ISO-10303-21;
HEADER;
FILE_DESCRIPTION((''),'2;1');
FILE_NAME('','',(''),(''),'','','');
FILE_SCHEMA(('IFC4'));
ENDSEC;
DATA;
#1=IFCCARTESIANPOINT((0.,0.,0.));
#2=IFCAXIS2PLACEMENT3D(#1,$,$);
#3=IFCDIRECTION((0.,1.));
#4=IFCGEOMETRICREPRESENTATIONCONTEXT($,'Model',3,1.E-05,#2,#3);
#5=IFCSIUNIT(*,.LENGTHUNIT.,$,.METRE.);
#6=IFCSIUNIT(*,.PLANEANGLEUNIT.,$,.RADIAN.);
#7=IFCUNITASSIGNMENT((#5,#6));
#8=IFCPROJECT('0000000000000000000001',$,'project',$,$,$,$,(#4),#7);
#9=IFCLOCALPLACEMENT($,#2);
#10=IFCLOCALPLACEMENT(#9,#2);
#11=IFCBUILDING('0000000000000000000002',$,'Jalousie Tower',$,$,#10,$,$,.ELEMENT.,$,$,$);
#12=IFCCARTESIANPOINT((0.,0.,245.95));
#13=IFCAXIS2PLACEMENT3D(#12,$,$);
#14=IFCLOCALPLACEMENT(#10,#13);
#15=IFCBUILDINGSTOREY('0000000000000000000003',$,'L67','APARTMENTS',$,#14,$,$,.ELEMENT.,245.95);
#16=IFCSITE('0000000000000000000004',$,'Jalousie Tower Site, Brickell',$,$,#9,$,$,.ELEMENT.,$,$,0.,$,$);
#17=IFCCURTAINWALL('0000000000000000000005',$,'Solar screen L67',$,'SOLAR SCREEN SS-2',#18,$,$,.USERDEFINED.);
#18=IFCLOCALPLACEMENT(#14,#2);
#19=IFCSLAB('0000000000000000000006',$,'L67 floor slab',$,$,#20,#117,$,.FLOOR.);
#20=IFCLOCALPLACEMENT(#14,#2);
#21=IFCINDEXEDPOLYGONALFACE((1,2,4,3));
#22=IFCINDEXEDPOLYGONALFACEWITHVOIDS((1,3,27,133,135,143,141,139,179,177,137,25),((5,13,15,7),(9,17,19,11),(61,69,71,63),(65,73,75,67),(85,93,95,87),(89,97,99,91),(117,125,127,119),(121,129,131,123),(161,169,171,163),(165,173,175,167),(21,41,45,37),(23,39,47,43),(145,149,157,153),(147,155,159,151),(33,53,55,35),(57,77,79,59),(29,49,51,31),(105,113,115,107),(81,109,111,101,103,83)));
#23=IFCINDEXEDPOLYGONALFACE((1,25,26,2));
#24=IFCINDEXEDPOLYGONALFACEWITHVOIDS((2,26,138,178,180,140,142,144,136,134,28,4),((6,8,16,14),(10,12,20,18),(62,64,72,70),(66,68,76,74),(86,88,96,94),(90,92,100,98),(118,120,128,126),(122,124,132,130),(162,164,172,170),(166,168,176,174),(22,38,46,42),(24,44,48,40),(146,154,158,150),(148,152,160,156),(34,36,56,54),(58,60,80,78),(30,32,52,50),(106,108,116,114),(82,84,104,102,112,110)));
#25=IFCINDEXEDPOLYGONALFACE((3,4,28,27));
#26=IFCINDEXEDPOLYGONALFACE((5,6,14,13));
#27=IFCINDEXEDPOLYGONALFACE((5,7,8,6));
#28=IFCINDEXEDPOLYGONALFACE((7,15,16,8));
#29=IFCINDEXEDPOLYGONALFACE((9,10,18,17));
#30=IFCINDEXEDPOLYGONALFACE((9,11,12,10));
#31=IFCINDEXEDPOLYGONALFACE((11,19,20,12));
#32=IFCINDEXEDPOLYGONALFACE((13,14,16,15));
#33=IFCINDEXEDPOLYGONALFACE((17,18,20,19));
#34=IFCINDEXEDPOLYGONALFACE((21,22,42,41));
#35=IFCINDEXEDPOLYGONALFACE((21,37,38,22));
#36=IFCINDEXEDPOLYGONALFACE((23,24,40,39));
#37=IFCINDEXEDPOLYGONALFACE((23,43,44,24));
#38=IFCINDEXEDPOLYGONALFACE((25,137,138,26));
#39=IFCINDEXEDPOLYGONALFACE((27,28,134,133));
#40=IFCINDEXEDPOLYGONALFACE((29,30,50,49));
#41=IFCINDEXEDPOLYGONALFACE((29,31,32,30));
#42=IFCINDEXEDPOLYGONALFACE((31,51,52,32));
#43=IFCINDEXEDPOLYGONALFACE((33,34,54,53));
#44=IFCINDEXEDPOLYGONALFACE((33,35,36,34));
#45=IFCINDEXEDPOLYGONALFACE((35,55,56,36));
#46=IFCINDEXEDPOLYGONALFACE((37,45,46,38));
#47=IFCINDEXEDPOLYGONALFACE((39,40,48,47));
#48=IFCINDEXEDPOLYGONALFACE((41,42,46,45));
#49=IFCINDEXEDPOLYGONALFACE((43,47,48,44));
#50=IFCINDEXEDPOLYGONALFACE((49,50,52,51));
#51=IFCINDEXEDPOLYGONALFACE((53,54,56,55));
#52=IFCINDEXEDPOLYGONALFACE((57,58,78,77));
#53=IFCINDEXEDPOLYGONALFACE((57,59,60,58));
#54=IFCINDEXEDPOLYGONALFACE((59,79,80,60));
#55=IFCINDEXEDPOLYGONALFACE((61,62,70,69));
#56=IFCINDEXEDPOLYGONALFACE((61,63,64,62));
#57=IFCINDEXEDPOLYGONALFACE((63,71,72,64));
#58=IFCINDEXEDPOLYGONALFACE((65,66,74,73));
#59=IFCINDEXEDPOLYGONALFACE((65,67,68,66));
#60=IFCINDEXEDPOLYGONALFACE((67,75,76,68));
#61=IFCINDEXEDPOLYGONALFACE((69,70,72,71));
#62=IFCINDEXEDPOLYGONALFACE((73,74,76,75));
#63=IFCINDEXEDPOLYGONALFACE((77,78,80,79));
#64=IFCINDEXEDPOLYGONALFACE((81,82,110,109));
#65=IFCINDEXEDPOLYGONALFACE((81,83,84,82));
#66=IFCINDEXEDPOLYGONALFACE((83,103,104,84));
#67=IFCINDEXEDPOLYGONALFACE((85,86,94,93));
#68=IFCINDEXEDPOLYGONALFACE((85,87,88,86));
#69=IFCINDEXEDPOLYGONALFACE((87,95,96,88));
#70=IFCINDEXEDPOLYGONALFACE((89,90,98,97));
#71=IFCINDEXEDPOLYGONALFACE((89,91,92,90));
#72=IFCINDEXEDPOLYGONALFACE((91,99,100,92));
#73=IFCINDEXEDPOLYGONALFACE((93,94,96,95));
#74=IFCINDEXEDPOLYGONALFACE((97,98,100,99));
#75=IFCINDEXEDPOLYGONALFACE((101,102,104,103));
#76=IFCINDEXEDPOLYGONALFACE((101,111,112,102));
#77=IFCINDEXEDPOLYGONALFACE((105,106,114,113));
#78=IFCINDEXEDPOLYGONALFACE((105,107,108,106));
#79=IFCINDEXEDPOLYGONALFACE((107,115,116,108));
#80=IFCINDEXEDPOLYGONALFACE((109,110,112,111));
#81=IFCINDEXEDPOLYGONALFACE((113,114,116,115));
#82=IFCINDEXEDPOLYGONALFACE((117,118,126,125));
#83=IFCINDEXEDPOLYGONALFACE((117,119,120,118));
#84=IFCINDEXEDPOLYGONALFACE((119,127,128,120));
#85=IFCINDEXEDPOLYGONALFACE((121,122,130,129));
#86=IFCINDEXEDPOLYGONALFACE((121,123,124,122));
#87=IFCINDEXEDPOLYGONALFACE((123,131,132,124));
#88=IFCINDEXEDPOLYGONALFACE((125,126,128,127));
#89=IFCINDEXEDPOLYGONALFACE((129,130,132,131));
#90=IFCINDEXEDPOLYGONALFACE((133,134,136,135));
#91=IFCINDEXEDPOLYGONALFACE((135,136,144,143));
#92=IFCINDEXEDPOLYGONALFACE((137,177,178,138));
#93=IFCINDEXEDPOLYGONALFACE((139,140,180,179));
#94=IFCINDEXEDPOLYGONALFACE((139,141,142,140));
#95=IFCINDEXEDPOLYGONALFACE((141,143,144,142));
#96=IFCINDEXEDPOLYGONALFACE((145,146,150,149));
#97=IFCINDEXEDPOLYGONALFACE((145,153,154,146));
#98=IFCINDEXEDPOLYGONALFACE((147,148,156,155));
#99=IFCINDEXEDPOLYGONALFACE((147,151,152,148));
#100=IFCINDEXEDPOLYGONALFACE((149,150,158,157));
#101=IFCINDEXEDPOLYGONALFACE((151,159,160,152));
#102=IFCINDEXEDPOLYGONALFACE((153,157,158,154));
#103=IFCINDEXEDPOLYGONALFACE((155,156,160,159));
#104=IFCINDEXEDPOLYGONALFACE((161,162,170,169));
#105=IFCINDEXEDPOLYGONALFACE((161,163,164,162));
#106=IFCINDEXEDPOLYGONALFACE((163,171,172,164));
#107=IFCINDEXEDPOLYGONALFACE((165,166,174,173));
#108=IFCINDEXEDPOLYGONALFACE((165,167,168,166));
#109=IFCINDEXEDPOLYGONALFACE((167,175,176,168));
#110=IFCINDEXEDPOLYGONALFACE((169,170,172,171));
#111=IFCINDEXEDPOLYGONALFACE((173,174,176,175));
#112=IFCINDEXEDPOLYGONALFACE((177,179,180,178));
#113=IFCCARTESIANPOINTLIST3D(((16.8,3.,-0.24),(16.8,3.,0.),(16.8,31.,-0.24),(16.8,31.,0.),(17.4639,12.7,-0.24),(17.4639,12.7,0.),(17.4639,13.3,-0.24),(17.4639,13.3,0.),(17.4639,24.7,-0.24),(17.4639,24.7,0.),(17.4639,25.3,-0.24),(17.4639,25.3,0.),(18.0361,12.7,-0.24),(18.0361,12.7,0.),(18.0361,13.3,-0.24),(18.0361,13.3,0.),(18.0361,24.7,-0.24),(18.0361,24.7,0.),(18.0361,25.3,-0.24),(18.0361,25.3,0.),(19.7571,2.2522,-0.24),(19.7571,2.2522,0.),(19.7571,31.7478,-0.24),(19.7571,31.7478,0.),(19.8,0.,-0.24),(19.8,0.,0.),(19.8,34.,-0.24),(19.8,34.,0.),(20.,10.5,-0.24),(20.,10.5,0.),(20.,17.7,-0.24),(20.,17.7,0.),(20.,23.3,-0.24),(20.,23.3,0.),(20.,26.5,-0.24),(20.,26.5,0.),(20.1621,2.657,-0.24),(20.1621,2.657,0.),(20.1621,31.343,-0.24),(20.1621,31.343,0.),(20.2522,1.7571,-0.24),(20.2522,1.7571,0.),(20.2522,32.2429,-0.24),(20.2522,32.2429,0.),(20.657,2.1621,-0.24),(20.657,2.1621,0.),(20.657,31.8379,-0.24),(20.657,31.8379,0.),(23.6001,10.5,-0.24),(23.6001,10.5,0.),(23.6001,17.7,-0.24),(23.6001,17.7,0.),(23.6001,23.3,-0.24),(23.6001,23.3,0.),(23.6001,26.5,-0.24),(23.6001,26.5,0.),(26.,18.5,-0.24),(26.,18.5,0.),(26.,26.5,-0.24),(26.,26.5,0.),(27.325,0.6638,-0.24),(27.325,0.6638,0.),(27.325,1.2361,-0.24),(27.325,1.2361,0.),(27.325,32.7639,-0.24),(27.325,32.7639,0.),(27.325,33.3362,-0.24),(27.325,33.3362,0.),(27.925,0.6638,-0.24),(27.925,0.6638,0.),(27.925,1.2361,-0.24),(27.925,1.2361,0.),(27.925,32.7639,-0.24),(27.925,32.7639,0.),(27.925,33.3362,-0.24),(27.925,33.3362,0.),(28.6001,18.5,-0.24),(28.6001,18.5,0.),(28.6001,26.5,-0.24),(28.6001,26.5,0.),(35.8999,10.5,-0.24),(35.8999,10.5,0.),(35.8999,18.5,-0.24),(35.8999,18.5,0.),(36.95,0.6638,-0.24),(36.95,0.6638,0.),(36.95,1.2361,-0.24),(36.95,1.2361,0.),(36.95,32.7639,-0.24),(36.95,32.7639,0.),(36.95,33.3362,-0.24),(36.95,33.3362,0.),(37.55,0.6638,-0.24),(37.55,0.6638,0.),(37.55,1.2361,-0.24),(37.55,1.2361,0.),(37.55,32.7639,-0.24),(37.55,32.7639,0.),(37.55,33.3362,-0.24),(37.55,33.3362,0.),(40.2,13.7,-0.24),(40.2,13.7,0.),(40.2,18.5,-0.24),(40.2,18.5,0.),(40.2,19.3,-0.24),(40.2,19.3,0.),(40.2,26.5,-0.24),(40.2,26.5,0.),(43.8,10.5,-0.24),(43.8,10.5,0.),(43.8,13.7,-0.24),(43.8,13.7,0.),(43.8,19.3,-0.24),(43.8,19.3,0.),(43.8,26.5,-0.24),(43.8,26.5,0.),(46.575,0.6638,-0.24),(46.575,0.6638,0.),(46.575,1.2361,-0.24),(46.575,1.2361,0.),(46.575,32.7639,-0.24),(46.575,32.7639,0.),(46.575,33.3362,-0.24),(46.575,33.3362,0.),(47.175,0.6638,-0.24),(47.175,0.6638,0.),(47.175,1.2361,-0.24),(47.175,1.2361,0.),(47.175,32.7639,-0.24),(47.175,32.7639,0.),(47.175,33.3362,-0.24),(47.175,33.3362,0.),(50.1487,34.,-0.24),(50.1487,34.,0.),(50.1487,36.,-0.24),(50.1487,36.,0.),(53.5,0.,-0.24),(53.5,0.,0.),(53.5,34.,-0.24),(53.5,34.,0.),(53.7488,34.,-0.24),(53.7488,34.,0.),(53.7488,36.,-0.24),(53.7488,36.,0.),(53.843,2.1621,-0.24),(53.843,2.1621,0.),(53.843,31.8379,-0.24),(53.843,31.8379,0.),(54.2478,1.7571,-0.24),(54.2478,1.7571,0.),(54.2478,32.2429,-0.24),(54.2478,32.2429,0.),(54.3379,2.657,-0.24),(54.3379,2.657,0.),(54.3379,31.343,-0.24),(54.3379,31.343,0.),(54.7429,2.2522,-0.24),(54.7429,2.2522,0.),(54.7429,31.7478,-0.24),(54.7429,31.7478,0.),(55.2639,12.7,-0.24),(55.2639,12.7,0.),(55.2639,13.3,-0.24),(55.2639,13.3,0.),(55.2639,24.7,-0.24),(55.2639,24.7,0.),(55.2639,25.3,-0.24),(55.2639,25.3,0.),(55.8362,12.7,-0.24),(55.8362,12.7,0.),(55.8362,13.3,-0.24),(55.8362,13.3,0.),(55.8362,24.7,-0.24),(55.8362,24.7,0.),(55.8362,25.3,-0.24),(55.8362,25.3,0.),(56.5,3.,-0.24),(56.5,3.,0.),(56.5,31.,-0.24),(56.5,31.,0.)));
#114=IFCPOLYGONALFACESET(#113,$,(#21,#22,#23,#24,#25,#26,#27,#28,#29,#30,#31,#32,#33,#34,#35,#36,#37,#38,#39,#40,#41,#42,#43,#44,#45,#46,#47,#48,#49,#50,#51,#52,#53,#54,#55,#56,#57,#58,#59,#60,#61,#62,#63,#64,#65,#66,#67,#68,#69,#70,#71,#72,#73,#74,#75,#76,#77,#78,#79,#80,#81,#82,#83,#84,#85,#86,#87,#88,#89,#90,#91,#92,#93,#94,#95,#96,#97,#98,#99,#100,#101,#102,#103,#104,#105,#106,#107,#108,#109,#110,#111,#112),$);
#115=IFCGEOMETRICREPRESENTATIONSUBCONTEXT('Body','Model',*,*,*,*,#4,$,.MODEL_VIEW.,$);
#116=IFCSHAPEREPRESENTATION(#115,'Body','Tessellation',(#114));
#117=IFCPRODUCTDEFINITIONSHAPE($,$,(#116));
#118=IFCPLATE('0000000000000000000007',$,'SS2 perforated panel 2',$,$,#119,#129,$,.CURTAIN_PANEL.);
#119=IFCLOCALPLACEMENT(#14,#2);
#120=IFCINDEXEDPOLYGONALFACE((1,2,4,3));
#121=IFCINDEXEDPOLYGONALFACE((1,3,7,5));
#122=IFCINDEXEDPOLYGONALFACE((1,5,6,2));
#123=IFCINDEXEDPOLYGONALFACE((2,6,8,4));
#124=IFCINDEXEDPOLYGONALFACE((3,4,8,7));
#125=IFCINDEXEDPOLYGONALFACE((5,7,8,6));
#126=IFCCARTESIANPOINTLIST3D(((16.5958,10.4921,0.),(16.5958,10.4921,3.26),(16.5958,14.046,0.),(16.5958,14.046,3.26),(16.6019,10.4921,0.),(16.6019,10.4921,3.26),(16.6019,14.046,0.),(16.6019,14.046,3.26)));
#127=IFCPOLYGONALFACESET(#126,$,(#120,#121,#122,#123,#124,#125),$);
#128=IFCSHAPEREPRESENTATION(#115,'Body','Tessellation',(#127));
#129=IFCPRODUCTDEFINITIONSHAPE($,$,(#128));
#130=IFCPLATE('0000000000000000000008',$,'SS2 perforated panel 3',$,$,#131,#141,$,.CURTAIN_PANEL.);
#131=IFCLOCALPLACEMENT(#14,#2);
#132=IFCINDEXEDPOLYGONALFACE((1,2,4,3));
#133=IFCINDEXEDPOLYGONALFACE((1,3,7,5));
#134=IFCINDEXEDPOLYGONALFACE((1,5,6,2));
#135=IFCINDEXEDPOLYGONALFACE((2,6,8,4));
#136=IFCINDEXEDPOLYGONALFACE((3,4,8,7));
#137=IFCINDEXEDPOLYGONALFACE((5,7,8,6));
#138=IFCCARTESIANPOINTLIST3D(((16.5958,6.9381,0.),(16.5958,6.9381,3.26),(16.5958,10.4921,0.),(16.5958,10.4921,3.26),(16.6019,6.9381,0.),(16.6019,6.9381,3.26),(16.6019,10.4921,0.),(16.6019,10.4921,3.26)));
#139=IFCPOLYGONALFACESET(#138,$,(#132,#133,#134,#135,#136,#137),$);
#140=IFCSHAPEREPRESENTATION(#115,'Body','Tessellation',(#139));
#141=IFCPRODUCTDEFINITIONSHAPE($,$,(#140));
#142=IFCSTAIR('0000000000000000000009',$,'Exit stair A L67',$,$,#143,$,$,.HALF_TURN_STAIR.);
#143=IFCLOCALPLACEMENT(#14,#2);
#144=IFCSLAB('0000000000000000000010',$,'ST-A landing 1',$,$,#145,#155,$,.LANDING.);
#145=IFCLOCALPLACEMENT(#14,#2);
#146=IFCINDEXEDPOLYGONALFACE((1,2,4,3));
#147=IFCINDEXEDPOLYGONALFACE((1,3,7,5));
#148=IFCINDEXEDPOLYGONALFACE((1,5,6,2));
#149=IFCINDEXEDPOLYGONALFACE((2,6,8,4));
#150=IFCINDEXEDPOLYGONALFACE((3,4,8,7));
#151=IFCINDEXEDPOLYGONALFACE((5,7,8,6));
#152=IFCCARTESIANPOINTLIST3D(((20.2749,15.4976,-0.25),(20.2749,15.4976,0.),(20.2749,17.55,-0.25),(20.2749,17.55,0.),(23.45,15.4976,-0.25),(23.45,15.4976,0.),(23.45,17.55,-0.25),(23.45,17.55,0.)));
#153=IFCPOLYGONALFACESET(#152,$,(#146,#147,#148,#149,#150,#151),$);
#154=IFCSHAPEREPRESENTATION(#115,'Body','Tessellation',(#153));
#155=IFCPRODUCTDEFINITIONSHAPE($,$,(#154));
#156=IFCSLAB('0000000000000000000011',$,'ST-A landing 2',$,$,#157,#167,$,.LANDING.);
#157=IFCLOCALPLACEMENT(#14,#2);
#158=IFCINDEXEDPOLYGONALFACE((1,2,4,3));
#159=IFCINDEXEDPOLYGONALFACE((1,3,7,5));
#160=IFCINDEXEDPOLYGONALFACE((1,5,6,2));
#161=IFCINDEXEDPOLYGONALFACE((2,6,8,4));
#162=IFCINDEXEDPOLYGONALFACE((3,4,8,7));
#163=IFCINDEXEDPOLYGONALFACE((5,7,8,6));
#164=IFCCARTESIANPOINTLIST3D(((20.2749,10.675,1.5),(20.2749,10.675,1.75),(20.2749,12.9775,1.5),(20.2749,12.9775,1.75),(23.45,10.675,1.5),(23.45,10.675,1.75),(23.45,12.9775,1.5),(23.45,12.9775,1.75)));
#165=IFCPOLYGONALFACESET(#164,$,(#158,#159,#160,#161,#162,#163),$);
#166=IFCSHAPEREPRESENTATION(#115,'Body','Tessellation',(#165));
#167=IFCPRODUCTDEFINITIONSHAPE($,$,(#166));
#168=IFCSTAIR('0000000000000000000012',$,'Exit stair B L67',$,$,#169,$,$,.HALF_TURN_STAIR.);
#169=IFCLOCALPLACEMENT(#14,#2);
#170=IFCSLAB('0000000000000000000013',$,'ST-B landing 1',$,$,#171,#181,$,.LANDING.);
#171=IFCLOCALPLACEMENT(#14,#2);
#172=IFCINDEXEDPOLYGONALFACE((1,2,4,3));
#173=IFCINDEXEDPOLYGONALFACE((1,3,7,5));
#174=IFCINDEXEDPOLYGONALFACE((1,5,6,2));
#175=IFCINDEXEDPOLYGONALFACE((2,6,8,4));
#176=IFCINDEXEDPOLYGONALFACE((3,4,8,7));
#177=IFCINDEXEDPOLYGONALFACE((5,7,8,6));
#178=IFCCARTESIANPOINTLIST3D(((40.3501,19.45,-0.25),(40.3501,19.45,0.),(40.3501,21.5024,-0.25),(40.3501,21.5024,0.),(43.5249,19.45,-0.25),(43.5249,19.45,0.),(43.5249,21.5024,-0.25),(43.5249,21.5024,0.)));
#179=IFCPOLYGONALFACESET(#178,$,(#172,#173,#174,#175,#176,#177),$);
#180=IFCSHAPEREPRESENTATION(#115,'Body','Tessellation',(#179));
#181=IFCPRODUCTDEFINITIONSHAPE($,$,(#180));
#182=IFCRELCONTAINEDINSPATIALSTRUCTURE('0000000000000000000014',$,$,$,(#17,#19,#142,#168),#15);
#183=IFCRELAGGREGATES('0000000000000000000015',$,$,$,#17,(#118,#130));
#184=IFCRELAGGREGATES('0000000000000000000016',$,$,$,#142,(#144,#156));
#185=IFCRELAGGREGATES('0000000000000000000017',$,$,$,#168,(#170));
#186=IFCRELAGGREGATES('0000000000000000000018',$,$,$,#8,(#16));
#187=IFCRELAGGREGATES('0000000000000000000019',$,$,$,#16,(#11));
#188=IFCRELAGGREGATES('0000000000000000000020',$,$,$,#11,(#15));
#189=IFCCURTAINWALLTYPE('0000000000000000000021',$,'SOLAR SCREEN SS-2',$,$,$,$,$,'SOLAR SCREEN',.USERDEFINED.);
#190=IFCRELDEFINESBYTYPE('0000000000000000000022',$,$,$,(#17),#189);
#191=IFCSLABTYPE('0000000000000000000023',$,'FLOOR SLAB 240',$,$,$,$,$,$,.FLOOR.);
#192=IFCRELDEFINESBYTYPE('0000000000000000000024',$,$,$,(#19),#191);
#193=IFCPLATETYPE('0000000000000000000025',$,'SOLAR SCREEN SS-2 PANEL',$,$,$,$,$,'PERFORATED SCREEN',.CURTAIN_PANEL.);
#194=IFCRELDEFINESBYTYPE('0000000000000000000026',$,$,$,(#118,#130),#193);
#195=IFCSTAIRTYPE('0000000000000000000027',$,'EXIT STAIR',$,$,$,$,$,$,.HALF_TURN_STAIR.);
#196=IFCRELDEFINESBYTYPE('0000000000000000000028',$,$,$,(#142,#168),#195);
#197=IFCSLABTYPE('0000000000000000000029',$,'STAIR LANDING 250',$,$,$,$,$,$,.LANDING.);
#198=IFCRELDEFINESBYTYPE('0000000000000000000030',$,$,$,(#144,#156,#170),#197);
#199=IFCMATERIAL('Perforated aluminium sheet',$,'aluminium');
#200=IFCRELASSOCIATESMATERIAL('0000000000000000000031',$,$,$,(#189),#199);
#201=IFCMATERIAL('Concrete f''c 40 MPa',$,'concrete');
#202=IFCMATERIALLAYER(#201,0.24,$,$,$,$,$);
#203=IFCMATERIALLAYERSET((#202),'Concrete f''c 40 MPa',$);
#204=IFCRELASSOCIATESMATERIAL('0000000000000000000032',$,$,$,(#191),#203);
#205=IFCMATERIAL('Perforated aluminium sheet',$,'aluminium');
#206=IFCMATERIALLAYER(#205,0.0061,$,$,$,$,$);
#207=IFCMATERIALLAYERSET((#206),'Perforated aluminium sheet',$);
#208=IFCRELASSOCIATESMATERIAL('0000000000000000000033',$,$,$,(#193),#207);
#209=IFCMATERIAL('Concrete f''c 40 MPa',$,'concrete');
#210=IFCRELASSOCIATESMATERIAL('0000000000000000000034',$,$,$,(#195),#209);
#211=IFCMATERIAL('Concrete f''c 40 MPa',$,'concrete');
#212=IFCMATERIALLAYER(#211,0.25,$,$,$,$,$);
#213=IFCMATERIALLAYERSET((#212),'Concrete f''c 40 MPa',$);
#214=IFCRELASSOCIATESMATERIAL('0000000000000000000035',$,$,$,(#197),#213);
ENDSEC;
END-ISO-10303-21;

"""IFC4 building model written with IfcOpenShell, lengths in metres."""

from ifc_helpers import new_model, si_unit, direction, frame, origin, origin_2d, place, context, subcontext, project, spatial, polyline, rectangle, outline, extrude, material, layer, layer_set, type_object, element, aggregate, save


model = new_model("IFC4")

# Units and contexts
model_context = context("Model", 3, precision=1e-05, world=origin(), true_north=direction((0.0, 1.0)))
body_context = subcontext(model_context, "Body", "Model", "MODEL_VIEW")
ifc_project = project(units=[si_unit("LENGTHUNIT", "METRE"), si_unit("PLANEANGLEUNIT", "RADIAN")], contexts=[model_context])

# Site, building, storey
site_placement = place(None, origin())
site = spatial("IfcSite", under=ifc_project, at=site_placement, Name="Jalousie Tower Site, Brickell", CompositionType="ELEMENT", RefElevation=0.0)
building_placement = place(site_placement, origin())
building = spatial("IfcBuilding", under=site, at=building_placement, Name="Jalousie Tower", CompositionType="ELEMENT")
storey_placement = place(building_placement, frame((0.0, 0.0, 245.95)))
storey = spatial("IfcBuildingStorey", under=building, at=storey_placement, Name="L67", Description="APARTMENTS", CompositionType="ELEMENT", Elevation=245.95)

# Curtain wall
ifc_material_1 = material(Name="Perforated aluminium sheet", Category="aluminium")
curtain_wall_type_1 = type_object("IfcCurtainWallType", Name="SOLAR SCREEN SS-2", ElementType="SOLAR SCREEN", PredefinedType="USERDEFINED", material=ifc_material_1)
curtain_wall_1_placement = place(storey_placement, origin())
curtain_wall_1 = element("IfcCurtainWall", 1, at=curtain_wall_1_placement, inside=storey, type_object=curtain_wall_type_1, Name="Solar screen L67", ObjectType="SOLAR SCREEN SS-2", PredefinedType="USERDEFINED")

# Slab
ifc_material_2 = material(Name="Concrete f'c 40 MPa", Category="concrete")
ifc_layer_1 = layer(ifc_material_2, 0.24)
ifc_layer_set_1 = layer_set([ifc_layer_1], Name="Concrete f'c 40 MPa")
slab_type_1 = type_object("IfcSlabType", Name="FLOOR SLAB 240", PredefinedType="FLOOR", material=ifc_layer_set_1)
slab_1_placement = place(storey_placement, frame((0.0, 0.0, -0.24)))
element("IfcSlab", 2, at=slab_1_placement, inside=storey, type_object=slab_type_1, Name="L67 floor slab", PredefinedType="FLOOR", context=body_context, shape_type="SweptSolid", body=[
    extrude(outline(polyline([(16.8, 3.0), (16.8, 31.0), (19.8, 34.0), (50.1487, 34.0), (50.1487, 36.0), (53.7488, 36.0), (53.7488, 34.0), (53.5, 34.0), (56.5, 31.0), (56.5, 3.0), (53.5, 0.0), (19.8, 0.0), (16.8, 3.0)]), holes=[polyline([(55.2639, 13.3), (55.2639, 12.7), (55.8362, 12.7), (55.8362, 13.3), (55.2639, 13.3)]), polyline([(55.8362, 24.7), (55.8362, 25.3), (55.2639, 25.3), (55.2639, 24.7), (55.8362, 24.7)]), polyline([(54.2478, 1.7571), (54.7429, 2.2522), (54.3379, 2.657), (53.843, 2.1621), (54.2478, 1.7571)]), polyline([(53.843, 31.8379), (54.3379, 31.343), (54.7429, 31.7478), (54.2478, 32.2429), (53.843, 31.8379)]), polyline([(46.575, 32.7639), (47.175, 32.7639), (47.175, 33.3362), (46.575, 33.3362), (46.575, 32.7639)]), polyline([(46.575, 0.6638), (47.175, 0.6638), (47.175, 1.2361), (46.575, 1.2361), (46.575, 0.6638)]), polyline([(43.8, 10.5), (43.8, 13.7), (40.2, 13.7), (40.2, 18.5), (35.8999, 18.5), (35.8999, 10.5), (43.8, 10.5)]), polyline([(43.8, 19.3), (43.8, 26.5), (40.2, 26.5), (40.2, 19.3), (43.8, 19.3)]), polyline([(36.95, 32.7639), (37.55, 32.7639), (37.55, 33.3362), (36.95, 33.3362), (36.95, 32.7639)]), polyline([(37.55, 1.2361), (36.95, 1.2361), (36.95, 0.6638), (37.55, 0.6638), (37.55, 1.2361)]), polyline([(28.6001, 18.5), (28.6001, 26.5), (26.0, 26.5), (26.0, 18.5), (28.6001, 18.5)]), polyline([(27.325, 32.7639), (27.925, 32.7639), (27.925, 33.3362), (27.325, 33.3362), (27.325, 32.7639)]), polyline([(27.325, 0.6638), (27.925, 0.6638), (27.925, 1.2361), (27.325, 1.2361), (27.325, 0.6638)]), polyline([(23.6001, 23.3), (23.6001, 26.5), (20.0, 26.5), (20.0, 23.3), (23.6001, 23.3)]), polyline([(23.6001, 10.5), (23.6001, 17.7), (20.0, 17.7), (20.0, 10.5), (23.6001, 10.5)]), polyline([(19.7571, 31.7478), (20.1621, 31.343), (20.657, 31.8379), (20.2522, 32.2429), (19.7571, 31.7478)]), polyline([(19.7571, 2.2522), (20.2522, 1.7571), (20.657, 2.1621), (20.1621, 2.657), (19.7571, 2.2522)]), polyline([(18.0361, 12.7), (18.0361, 13.3), (17.4639, 13.3), (17.4639, 12.7), (18.0361, 12.7)]), polyline([(17.4639, 25.3), (17.4639, 24.7), (18.0361, 24.7), (18.0361, 25.3), (17.4639, 25.3)])]), origin(), (0.0, 0.0, 1.0), 0.24),
])

# Plates
ifc_material_3 = material(Name="Perforated aluminium sheet", Category="aluminium")
ifc_layer_2 = layer(ifc_material_3, 0.0061)
ifc_layer_set_2 = layer_set([ifc_layer_2], Name="Perforated aluminium sheet")
plate_type = type_object("IfcPlateType", Name="SOLAR SCREEN SS-2 PANEL", ElementType="PERFORATED SCREEN", PredefinedType="CURTAIN_PANEL", material=ifc_layer_set_2)
plate_1_placement = place(storey_placement, frame((16.5989, 12.269, 0.0), z_axis=(0.0, 0.0, 1.0), x_axis=(0.0, -1.0, 0.0)))
plate_1 = element("IfcPlate", 3, at=plate_1_placement, type_object=plate_type, Name="SS2 perforated panel 2", PredefinedType="CURTAIN_PANEL", context=body_context, shape_type="SweptSolid", body=[
    extrude(rectangle(XDim=3.554, YDim=0.0061, at=origin_2d()), origin(), (0.0, 0.0, 1.0), 3.26),
])
plate_2_placement = place(storey_placement, frame((16.5989, 8.7151, 0.0), z_axis=(0.0, 0.0, 1.0), x_axis=(0.0, -1.0, 0.0)))
plate_2 = element("IfcPlate", 4, at=plate_2_placement, type_object=plate_type, Name="SS2 perforated panel 3", PredefinedType="CURTAIN_PANEL", context=body_context, shape_type="SweptSolid", body=[
    extrude(rectangle(XDim=3.554, YDim=0.0061, at=origin_2d()), origin(), (0.0, 0.0, 1.0), 3.26),
])
aggregate(curtain_wall_1, [plate_1, plate_2])

# Stairs, slabs
ifc_material_4 = material(Name="Concrete f'c 40 MPa", Category="concrete")
stair_type = type_object("IfcStairType", Name="EXIT STAIR", PredefinedType="HALF_TURN_STAIR", material=ifc_material_4)
stair_1_placement = place(storey_placement, origin())
stair_1 = element("IfcStair", 5, at=stair_1_placement, inside=storey, type_object=stair_type, Name="Exit stair A L67", PredefinedType="HALF_TURN_STAIR")
ifc_material_5 = material(Name="Concrete f'c 40 MPa", Category="concrete")
ifc_layer_3 = layer(ifc_material_5, 0.25)
ifc_layer_set_3 = layer_set([ifc_layer_3], Name="Concrete f'c 40 MPa")
slab_type_2 = type_object("IfcSlabType", Name="STAIR LANDING 250", PredefinedType="LANDING", material=ifc_layer_set_3)
slab_2_placement = place(storey_placement, frame((0.0, 0.0, -0.25)))
slab_2 = element("IfcSlab", 6, at=slab_2_placement, type_object=slab_type_2, Name="ST-A landing 1", PredefinedType="LANDING", context=body_context, shape_type="SweptSolid", body=[
    extrude(outline(polyline([(20.2749, 15.4976), (23.45, 15.4976), (23.45, 17.55), (20.2749, 17.55), (20.2749, 15.4976)])), origin(), (0.0, 0.0, 1.0), 0.25),
])
slab_3_placement = place(storey_placement, frame((0.0, 0.0, 1.5)))
slab_3 = element("IfcSlab", 7, at=slab_3_placement, type_object=slab_type_2, Name="ST-A landing 2", PredefinedType="LANDING", context=body_context, shape_type="SweptSolid", body=[
    extrude(outline(polyline([(20.2749, 10.675), (23.45, 10.675), (23.45, 12.9775), (20.2749, 12.9775), (20.2749, 10.675)])), origin(), (0.0, 0.0, 1.0), 0.25),
])
aggregate(stair_1, [slab_2, slab_3])
stair_2_placement = place(storey_placement, origin())
stair_2 = element("IfcStair", 8, at=stair_2_placement, inside=storey, type_object=stair_type, Name="Exit stair B L67", PredefinedType="HALF_TURN_STAIR")
slab_4_placement = place(storey_placement, frame((0.0, 0.0, -0.25)))
slab_4 = element("IfcSlab", 9, at=slab_4_placement, type_object=slab_type_2, Name="ST-B landing 1", PredefinedType="LANDING", context=body_context, shape_type="SweptSolid", body=[
    extrude(outline(polyline([(40.3501, 19.45), (43.5249, 19.45), (43.5249, 21.5024), (40.3501, 21.5024), (40.3501, 19.45)])), origin(), (0.0, 0.0, 1.0), 0.25),
])
aggregate(stair_2, [slab_4])

save(model, "model.ifc")
